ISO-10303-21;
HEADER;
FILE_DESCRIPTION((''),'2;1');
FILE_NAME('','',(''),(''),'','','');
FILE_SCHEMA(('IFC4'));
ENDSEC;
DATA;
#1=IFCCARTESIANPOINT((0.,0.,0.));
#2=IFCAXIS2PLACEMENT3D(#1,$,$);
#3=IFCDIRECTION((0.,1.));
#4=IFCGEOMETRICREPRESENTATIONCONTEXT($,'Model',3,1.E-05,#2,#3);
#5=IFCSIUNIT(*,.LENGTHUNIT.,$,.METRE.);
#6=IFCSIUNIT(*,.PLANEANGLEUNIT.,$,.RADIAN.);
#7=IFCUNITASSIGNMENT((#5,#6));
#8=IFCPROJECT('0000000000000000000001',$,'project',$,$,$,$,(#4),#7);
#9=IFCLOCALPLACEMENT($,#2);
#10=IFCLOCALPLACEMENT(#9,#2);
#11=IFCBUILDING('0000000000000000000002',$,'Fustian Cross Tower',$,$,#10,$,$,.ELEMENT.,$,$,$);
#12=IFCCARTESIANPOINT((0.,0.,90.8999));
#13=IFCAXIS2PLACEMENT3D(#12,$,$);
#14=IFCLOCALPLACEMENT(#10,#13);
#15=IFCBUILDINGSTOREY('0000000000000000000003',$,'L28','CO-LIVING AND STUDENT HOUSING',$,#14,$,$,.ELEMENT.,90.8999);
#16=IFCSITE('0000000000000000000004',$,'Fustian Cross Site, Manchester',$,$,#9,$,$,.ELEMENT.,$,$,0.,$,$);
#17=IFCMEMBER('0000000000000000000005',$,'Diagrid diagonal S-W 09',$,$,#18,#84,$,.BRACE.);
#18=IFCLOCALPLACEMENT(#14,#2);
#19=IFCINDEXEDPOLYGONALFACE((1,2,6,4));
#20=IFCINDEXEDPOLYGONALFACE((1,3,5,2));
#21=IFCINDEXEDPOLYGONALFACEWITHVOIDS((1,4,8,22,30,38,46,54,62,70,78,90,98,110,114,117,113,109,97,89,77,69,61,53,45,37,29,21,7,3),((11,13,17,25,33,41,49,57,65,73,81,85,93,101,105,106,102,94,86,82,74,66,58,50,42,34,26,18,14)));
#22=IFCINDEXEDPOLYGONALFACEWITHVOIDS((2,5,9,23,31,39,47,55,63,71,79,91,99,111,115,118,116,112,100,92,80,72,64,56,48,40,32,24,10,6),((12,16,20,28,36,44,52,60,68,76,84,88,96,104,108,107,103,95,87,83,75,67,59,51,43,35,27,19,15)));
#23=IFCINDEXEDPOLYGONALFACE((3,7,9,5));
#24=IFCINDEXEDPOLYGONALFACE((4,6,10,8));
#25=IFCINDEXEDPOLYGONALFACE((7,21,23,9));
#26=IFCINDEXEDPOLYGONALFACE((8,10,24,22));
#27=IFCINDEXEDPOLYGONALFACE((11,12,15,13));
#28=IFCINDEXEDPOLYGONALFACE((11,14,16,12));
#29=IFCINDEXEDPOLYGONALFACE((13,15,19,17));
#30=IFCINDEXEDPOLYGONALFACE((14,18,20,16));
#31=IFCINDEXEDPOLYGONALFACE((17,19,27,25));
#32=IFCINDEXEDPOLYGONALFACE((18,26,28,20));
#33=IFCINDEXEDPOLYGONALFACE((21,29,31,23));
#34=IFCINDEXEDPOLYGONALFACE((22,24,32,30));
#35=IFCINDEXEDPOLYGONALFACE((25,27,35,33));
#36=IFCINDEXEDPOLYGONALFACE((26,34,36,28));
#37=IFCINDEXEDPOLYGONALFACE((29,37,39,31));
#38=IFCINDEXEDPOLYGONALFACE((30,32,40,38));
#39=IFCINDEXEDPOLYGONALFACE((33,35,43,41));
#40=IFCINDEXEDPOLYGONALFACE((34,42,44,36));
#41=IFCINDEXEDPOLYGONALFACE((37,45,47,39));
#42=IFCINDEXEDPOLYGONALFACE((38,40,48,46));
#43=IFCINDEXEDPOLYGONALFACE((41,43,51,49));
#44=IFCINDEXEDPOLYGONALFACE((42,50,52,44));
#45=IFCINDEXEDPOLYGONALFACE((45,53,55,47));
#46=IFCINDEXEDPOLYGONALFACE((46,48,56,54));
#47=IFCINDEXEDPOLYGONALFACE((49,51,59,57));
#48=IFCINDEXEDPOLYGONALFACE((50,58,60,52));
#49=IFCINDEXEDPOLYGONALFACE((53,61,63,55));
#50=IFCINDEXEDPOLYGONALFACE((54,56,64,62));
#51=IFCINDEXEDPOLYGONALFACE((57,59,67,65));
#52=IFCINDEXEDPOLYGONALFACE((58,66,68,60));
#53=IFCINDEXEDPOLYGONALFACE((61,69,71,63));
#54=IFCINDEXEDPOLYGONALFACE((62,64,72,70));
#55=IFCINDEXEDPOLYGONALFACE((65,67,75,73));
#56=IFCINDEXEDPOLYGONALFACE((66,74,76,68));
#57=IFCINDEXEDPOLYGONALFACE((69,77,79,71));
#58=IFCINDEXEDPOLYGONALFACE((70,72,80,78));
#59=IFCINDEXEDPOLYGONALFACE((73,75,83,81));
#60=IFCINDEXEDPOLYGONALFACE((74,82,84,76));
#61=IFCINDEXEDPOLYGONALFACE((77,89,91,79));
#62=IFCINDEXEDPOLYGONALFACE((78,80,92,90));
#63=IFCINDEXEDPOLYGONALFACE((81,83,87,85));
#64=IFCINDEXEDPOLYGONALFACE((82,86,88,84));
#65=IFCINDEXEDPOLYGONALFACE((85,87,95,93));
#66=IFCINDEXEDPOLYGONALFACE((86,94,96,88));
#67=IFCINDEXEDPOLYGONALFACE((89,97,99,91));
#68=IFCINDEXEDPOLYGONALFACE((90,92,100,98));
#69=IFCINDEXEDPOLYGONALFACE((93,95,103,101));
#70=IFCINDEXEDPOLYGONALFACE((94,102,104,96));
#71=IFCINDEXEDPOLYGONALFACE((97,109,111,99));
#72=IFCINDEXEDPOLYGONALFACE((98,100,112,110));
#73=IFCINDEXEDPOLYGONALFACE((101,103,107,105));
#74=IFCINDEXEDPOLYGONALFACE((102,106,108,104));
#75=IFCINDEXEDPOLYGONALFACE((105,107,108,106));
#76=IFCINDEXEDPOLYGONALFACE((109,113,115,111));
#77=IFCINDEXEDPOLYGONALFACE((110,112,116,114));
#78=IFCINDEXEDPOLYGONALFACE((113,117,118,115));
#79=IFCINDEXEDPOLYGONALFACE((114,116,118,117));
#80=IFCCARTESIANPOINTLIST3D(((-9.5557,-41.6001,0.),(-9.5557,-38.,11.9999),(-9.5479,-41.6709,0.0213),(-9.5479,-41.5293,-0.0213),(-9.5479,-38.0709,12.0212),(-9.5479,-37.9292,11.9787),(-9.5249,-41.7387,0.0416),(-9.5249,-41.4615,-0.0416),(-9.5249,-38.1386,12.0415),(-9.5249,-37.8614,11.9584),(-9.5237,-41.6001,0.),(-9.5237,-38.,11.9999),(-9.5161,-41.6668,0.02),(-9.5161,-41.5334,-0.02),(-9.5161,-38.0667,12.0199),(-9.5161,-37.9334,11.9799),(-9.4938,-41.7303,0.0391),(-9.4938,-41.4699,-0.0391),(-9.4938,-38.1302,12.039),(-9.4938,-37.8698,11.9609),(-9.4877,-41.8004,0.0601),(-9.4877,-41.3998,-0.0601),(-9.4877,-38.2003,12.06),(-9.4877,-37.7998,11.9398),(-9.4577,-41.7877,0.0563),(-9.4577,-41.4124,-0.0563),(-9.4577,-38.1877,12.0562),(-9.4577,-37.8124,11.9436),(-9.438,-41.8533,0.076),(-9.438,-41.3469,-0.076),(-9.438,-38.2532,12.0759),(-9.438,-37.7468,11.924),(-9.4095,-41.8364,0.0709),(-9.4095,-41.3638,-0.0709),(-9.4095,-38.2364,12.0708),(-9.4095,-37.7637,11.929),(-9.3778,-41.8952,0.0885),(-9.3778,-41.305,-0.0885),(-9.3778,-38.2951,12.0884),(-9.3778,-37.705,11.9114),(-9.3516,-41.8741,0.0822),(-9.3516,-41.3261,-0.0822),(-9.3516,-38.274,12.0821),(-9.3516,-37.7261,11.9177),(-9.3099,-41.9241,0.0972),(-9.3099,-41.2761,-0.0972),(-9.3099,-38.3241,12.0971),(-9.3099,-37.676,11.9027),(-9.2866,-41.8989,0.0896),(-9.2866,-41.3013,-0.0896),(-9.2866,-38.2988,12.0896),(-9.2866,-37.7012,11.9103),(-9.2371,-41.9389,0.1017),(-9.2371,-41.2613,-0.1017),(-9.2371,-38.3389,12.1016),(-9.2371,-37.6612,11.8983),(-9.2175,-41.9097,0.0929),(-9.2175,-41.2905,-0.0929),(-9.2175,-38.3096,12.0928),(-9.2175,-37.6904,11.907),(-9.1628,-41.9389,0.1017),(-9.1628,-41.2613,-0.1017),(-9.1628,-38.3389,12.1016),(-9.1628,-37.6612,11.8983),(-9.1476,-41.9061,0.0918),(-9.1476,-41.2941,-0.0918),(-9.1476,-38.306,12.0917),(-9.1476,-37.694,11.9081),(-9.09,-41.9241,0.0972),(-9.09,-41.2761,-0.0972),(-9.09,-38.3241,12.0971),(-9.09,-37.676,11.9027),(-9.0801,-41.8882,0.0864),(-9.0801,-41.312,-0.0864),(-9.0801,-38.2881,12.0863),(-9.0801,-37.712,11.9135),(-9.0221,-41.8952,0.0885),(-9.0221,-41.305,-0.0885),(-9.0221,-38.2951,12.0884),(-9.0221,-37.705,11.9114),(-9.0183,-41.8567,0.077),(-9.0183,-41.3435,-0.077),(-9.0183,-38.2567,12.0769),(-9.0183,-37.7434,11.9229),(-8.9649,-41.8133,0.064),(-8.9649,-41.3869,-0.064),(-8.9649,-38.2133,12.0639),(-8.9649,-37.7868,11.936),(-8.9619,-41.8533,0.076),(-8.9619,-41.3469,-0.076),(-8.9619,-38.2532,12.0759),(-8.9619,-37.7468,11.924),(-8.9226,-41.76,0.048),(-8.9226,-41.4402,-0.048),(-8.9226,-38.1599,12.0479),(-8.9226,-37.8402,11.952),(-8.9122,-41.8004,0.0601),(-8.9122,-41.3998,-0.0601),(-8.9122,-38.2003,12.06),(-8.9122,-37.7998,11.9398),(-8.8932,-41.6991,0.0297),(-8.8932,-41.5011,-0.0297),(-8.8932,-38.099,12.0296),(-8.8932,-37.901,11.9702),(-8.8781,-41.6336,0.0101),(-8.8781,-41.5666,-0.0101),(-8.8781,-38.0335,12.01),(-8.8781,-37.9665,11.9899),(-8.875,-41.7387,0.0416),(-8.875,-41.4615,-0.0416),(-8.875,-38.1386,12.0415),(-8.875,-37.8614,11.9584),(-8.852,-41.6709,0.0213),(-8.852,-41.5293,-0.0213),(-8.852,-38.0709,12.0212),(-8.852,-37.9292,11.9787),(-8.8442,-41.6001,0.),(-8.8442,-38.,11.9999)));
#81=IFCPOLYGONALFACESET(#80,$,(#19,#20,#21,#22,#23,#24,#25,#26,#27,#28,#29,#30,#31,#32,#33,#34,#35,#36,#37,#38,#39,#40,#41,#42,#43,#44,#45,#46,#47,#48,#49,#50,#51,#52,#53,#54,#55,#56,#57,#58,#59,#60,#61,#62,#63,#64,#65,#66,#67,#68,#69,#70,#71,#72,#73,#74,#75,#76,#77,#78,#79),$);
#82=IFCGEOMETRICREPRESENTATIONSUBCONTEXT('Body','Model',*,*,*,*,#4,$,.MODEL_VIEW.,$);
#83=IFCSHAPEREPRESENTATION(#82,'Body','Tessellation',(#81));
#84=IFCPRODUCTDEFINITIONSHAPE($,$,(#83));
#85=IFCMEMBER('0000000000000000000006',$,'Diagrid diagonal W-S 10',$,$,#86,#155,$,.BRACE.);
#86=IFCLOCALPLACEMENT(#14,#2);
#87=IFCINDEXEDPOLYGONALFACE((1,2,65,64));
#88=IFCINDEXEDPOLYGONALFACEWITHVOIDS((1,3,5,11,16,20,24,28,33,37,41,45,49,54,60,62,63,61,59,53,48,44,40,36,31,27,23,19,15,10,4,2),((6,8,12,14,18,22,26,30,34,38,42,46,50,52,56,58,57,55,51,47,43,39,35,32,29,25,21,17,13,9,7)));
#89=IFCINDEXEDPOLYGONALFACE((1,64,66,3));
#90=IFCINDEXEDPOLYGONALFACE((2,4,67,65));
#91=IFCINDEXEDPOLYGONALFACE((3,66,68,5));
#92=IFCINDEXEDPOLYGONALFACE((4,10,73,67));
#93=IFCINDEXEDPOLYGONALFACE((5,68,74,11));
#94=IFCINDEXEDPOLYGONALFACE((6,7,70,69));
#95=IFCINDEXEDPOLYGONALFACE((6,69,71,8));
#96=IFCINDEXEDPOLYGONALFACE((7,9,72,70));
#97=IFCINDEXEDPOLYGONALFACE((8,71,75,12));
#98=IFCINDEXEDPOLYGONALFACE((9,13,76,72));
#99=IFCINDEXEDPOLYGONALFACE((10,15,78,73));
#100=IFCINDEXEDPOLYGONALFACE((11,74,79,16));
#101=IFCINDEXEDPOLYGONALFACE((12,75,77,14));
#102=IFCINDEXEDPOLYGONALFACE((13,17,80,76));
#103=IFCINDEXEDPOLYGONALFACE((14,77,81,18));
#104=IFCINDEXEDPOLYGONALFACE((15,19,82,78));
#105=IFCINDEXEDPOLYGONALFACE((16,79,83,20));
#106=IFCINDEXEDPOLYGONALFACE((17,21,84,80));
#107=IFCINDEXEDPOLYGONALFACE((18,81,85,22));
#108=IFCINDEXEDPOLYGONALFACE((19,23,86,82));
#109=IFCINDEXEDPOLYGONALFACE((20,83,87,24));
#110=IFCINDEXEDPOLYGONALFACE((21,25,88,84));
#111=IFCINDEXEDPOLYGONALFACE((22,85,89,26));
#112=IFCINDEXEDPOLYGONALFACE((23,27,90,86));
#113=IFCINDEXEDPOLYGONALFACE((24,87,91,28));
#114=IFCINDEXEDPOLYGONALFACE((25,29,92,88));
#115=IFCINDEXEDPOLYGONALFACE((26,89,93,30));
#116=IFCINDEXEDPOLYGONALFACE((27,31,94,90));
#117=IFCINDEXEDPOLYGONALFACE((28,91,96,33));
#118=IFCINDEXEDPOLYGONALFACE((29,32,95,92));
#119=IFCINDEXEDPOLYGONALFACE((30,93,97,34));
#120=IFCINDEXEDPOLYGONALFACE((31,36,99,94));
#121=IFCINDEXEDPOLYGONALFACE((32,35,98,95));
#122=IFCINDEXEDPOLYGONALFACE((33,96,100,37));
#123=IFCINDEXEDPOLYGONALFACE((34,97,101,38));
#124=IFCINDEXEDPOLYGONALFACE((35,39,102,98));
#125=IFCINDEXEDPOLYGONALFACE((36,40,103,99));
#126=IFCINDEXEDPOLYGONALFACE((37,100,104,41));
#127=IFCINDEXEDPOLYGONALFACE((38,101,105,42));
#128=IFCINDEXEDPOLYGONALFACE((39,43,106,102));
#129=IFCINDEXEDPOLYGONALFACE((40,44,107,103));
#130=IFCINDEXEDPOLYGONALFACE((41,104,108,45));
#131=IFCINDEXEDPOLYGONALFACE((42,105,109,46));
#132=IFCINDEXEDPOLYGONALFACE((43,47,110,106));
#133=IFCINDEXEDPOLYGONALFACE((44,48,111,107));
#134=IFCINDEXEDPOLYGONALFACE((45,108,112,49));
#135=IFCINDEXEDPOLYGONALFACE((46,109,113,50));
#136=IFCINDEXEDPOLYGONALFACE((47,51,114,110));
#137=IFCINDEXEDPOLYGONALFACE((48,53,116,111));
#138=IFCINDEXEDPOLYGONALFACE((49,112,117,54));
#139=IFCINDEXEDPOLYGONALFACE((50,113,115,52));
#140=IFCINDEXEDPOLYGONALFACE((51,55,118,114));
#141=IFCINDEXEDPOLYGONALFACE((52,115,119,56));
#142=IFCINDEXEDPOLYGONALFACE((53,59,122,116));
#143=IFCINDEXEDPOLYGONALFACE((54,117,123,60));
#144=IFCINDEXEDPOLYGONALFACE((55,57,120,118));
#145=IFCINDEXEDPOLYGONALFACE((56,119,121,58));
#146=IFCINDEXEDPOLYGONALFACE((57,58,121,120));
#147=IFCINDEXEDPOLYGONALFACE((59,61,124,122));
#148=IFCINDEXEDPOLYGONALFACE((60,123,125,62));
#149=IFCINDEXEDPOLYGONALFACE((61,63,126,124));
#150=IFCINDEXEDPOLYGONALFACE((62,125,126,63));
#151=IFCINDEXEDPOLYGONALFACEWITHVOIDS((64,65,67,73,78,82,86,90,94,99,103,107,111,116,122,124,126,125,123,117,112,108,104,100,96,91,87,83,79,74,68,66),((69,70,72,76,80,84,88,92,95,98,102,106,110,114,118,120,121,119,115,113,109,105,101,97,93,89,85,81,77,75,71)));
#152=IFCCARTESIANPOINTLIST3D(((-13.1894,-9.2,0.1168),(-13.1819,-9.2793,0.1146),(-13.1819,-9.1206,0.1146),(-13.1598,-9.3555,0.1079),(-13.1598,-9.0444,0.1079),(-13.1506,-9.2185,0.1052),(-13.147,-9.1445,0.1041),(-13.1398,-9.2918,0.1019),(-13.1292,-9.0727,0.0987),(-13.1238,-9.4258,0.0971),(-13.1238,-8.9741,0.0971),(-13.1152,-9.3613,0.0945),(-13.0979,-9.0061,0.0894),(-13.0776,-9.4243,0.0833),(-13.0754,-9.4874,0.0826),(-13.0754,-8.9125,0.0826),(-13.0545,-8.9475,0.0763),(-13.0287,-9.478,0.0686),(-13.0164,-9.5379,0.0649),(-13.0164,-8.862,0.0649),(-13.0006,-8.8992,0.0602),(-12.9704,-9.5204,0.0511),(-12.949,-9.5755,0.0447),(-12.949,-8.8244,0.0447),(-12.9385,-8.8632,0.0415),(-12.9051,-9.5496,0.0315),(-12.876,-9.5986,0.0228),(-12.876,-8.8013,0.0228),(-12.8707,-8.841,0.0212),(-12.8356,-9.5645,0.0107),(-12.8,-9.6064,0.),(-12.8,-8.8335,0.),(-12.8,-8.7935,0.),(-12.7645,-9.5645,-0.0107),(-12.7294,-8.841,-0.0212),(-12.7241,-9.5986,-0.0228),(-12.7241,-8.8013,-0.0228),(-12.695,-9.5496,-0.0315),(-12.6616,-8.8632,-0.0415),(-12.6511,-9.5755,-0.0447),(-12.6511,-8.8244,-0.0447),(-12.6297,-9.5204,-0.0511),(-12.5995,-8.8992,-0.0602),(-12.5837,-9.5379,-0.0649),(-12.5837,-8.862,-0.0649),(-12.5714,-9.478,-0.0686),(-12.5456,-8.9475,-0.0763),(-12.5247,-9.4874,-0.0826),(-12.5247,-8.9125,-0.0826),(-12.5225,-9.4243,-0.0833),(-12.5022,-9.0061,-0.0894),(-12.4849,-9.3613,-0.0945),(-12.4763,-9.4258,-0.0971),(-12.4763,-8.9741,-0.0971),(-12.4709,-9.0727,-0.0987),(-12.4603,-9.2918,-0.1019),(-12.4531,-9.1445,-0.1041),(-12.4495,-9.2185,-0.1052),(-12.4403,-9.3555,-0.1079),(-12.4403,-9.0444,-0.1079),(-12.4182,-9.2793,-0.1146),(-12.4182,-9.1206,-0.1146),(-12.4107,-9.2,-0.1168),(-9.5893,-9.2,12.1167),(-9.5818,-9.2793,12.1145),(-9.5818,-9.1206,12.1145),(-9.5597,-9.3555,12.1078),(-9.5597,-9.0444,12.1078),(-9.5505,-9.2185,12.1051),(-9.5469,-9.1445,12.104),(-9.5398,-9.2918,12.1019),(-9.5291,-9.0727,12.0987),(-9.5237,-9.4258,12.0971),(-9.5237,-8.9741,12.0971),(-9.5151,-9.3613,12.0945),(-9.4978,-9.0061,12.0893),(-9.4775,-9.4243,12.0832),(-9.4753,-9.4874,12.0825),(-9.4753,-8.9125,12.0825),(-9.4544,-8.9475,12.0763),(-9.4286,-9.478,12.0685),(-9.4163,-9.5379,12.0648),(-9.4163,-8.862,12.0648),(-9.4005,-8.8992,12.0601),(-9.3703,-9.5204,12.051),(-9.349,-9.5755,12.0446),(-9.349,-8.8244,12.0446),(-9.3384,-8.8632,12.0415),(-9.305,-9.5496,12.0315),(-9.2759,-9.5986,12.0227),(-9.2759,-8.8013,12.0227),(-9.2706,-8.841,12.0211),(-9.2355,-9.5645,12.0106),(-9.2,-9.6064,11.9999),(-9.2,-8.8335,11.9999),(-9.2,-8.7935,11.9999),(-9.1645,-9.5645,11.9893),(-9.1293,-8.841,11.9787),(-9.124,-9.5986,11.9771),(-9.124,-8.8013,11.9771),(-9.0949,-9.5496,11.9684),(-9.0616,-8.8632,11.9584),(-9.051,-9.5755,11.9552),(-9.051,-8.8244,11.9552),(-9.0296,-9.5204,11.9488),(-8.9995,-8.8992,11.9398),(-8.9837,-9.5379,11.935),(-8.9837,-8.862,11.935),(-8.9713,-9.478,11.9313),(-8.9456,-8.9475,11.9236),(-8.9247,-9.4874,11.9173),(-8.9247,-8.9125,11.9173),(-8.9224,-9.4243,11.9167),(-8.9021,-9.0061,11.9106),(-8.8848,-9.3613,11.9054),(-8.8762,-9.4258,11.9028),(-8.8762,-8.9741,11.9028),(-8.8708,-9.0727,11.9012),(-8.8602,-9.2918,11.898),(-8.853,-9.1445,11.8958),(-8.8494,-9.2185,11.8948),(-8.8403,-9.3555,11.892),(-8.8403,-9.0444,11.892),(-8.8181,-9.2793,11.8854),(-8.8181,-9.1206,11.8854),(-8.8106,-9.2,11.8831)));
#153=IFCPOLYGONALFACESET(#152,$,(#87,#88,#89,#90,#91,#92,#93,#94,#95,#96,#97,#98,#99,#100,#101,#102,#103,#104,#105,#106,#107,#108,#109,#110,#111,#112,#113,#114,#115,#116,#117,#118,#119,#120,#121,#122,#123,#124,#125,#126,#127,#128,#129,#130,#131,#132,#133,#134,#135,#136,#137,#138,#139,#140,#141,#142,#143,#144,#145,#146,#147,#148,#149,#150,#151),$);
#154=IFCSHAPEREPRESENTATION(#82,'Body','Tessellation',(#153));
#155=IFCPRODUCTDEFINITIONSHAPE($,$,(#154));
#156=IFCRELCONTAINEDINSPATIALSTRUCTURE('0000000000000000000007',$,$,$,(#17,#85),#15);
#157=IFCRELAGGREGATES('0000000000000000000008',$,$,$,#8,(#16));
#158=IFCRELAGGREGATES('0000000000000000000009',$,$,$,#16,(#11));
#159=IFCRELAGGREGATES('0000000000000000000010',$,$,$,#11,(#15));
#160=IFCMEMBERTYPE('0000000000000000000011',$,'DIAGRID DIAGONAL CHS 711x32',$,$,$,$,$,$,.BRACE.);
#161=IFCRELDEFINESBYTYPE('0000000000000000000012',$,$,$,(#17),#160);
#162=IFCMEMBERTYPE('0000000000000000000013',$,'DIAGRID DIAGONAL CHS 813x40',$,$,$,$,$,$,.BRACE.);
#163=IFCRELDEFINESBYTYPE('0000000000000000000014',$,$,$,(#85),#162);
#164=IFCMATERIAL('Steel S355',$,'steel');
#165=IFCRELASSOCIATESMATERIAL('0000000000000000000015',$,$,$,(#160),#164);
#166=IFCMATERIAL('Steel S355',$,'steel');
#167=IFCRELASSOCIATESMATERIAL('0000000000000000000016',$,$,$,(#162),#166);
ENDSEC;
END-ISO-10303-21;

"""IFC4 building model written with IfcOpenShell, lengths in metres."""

from ifc_helpers import new_model, si_unit, direction, frame, origin, origin_2d, place, context, subcontext, project, spatial, hollow_circle, extrude, material, material_profile, profile_set, type_object, element, save


model = new_model("IFC4")

# Units and contexts
model_context = context("Model", 3, precision=1e-05, world=origin(), true_north=direction((0.0, 1.0)))
body_context = subcontext(model_context, "Body", "Model", "MODEL_VIEW")
ifc_project = project(units=[si_unit("LENGTHUNIT", "METRE"), si_unit("PLANEANGLEUNIT", "RADIAN")], contexts=[model_context])

# Site, building, storey
site_placement = place(None, origin())
site = spatial("IfcSite", under=ifc_project, at=site_placement, Name="Fustian Cross Site, Manchester", CompositionType="ELEMENT", RefElevation=0.0)
building_placement = place(site_placement, origin())
building = spatial("IfcBuilding", under=site, at=building_placement, Name="Fustian Cross Tower", CompositionType="ELEMENT")
storey_placement = place(building_placement, frame((0.0, 0.0, 90.8999)))
storey = spatial("IfcBuildingStorey", under=building, at=storey_placement, Name="L28", Description="CO-LIVING AND STUDENT HOUSING", CompositionType="ELEMENT", Elevation=90.8999)

# Members
ifc_material_1 = material(Name="Steel S355", Category="steel")
ifc_material_profile_1 = material_profile(ifc_material_1, hollow_circle(Radius=0.3557, WallThickness=0.032, at=origin_2d()), Name="CHS 711x32")
ifc_profile_set_1 = profile_set([ifc_material_profile_1], Name="Steel S355")
member_type_1 = type_object("IfcMemberType", Name="DIAGRID DIAGONAL CHS 711x32", PredefinedType="BRACE", material=ifc_profile_set_1)
for number, where, z_axis, x_axis, name in (
    (1, (-9.2, -41.6001, 0.0), (0.0, 0.287355, 0.957824), (-1.0, 0.0, 0.0), "Diagrid diagonal S-W 09"),
):
    element("IfcMember", number, at=place(storey_placement, frame(where, z_axis=z_axis, x_axis=x_axis)), inside=storey, type_object=member_type_1, Name=name, PredefinedType="BRACE", context=body_context, shape_type="SweptSolid", body=[
        extrude(hollow_circle(Radius=0.3557, WallThickness=0.032, at=origin_2d()), origin(), (0.0, 0.0, 1.0), 12.5283),
    ])
ifc_material_2 = material(Name="Steel S355", Category="steel")
ifc_material_profile_2 = material_profile(ifc_material_2, hollow_circle(Radius=0.4065, WallThickness=0.04, at=origin_2d()), Name="CHS 813x40")
ifc_profile_set_2 = profile_set([ifc_material_profile_2], Name="Steel S355")
member_type_2 = type_object("IfcMemberType", Name="DIAGRID DIAGONAL CHS 813x40", PredefinedType="BRACE", material=ifc_profile_set_2)
for number, where, z_axis, x_axis, name in (
    (2, (-12.8, -9.2, 0.0), (0.287355, 0.0, 0.957824), (0.0, 1.0, 0.0), "Diagrid diagonal W-S 10"),
):
    element("IfcMember", number, at=place(storey_placement, frame(where, z_axis=z_axis, x_axis=x_axis)), inside=storey, type_object=member_type_2, Name=name, PredefinedType="BRACE", context=body_context, shape_type="SweptSolid", body=[
        extrude(hollow_circle(Radius=0.4065, WallThickness=0.04, at=origin_2d()), origin(), (0.0, 0.0, 1.0), 12.5283),
    ])

save(model, "model.ifc")
